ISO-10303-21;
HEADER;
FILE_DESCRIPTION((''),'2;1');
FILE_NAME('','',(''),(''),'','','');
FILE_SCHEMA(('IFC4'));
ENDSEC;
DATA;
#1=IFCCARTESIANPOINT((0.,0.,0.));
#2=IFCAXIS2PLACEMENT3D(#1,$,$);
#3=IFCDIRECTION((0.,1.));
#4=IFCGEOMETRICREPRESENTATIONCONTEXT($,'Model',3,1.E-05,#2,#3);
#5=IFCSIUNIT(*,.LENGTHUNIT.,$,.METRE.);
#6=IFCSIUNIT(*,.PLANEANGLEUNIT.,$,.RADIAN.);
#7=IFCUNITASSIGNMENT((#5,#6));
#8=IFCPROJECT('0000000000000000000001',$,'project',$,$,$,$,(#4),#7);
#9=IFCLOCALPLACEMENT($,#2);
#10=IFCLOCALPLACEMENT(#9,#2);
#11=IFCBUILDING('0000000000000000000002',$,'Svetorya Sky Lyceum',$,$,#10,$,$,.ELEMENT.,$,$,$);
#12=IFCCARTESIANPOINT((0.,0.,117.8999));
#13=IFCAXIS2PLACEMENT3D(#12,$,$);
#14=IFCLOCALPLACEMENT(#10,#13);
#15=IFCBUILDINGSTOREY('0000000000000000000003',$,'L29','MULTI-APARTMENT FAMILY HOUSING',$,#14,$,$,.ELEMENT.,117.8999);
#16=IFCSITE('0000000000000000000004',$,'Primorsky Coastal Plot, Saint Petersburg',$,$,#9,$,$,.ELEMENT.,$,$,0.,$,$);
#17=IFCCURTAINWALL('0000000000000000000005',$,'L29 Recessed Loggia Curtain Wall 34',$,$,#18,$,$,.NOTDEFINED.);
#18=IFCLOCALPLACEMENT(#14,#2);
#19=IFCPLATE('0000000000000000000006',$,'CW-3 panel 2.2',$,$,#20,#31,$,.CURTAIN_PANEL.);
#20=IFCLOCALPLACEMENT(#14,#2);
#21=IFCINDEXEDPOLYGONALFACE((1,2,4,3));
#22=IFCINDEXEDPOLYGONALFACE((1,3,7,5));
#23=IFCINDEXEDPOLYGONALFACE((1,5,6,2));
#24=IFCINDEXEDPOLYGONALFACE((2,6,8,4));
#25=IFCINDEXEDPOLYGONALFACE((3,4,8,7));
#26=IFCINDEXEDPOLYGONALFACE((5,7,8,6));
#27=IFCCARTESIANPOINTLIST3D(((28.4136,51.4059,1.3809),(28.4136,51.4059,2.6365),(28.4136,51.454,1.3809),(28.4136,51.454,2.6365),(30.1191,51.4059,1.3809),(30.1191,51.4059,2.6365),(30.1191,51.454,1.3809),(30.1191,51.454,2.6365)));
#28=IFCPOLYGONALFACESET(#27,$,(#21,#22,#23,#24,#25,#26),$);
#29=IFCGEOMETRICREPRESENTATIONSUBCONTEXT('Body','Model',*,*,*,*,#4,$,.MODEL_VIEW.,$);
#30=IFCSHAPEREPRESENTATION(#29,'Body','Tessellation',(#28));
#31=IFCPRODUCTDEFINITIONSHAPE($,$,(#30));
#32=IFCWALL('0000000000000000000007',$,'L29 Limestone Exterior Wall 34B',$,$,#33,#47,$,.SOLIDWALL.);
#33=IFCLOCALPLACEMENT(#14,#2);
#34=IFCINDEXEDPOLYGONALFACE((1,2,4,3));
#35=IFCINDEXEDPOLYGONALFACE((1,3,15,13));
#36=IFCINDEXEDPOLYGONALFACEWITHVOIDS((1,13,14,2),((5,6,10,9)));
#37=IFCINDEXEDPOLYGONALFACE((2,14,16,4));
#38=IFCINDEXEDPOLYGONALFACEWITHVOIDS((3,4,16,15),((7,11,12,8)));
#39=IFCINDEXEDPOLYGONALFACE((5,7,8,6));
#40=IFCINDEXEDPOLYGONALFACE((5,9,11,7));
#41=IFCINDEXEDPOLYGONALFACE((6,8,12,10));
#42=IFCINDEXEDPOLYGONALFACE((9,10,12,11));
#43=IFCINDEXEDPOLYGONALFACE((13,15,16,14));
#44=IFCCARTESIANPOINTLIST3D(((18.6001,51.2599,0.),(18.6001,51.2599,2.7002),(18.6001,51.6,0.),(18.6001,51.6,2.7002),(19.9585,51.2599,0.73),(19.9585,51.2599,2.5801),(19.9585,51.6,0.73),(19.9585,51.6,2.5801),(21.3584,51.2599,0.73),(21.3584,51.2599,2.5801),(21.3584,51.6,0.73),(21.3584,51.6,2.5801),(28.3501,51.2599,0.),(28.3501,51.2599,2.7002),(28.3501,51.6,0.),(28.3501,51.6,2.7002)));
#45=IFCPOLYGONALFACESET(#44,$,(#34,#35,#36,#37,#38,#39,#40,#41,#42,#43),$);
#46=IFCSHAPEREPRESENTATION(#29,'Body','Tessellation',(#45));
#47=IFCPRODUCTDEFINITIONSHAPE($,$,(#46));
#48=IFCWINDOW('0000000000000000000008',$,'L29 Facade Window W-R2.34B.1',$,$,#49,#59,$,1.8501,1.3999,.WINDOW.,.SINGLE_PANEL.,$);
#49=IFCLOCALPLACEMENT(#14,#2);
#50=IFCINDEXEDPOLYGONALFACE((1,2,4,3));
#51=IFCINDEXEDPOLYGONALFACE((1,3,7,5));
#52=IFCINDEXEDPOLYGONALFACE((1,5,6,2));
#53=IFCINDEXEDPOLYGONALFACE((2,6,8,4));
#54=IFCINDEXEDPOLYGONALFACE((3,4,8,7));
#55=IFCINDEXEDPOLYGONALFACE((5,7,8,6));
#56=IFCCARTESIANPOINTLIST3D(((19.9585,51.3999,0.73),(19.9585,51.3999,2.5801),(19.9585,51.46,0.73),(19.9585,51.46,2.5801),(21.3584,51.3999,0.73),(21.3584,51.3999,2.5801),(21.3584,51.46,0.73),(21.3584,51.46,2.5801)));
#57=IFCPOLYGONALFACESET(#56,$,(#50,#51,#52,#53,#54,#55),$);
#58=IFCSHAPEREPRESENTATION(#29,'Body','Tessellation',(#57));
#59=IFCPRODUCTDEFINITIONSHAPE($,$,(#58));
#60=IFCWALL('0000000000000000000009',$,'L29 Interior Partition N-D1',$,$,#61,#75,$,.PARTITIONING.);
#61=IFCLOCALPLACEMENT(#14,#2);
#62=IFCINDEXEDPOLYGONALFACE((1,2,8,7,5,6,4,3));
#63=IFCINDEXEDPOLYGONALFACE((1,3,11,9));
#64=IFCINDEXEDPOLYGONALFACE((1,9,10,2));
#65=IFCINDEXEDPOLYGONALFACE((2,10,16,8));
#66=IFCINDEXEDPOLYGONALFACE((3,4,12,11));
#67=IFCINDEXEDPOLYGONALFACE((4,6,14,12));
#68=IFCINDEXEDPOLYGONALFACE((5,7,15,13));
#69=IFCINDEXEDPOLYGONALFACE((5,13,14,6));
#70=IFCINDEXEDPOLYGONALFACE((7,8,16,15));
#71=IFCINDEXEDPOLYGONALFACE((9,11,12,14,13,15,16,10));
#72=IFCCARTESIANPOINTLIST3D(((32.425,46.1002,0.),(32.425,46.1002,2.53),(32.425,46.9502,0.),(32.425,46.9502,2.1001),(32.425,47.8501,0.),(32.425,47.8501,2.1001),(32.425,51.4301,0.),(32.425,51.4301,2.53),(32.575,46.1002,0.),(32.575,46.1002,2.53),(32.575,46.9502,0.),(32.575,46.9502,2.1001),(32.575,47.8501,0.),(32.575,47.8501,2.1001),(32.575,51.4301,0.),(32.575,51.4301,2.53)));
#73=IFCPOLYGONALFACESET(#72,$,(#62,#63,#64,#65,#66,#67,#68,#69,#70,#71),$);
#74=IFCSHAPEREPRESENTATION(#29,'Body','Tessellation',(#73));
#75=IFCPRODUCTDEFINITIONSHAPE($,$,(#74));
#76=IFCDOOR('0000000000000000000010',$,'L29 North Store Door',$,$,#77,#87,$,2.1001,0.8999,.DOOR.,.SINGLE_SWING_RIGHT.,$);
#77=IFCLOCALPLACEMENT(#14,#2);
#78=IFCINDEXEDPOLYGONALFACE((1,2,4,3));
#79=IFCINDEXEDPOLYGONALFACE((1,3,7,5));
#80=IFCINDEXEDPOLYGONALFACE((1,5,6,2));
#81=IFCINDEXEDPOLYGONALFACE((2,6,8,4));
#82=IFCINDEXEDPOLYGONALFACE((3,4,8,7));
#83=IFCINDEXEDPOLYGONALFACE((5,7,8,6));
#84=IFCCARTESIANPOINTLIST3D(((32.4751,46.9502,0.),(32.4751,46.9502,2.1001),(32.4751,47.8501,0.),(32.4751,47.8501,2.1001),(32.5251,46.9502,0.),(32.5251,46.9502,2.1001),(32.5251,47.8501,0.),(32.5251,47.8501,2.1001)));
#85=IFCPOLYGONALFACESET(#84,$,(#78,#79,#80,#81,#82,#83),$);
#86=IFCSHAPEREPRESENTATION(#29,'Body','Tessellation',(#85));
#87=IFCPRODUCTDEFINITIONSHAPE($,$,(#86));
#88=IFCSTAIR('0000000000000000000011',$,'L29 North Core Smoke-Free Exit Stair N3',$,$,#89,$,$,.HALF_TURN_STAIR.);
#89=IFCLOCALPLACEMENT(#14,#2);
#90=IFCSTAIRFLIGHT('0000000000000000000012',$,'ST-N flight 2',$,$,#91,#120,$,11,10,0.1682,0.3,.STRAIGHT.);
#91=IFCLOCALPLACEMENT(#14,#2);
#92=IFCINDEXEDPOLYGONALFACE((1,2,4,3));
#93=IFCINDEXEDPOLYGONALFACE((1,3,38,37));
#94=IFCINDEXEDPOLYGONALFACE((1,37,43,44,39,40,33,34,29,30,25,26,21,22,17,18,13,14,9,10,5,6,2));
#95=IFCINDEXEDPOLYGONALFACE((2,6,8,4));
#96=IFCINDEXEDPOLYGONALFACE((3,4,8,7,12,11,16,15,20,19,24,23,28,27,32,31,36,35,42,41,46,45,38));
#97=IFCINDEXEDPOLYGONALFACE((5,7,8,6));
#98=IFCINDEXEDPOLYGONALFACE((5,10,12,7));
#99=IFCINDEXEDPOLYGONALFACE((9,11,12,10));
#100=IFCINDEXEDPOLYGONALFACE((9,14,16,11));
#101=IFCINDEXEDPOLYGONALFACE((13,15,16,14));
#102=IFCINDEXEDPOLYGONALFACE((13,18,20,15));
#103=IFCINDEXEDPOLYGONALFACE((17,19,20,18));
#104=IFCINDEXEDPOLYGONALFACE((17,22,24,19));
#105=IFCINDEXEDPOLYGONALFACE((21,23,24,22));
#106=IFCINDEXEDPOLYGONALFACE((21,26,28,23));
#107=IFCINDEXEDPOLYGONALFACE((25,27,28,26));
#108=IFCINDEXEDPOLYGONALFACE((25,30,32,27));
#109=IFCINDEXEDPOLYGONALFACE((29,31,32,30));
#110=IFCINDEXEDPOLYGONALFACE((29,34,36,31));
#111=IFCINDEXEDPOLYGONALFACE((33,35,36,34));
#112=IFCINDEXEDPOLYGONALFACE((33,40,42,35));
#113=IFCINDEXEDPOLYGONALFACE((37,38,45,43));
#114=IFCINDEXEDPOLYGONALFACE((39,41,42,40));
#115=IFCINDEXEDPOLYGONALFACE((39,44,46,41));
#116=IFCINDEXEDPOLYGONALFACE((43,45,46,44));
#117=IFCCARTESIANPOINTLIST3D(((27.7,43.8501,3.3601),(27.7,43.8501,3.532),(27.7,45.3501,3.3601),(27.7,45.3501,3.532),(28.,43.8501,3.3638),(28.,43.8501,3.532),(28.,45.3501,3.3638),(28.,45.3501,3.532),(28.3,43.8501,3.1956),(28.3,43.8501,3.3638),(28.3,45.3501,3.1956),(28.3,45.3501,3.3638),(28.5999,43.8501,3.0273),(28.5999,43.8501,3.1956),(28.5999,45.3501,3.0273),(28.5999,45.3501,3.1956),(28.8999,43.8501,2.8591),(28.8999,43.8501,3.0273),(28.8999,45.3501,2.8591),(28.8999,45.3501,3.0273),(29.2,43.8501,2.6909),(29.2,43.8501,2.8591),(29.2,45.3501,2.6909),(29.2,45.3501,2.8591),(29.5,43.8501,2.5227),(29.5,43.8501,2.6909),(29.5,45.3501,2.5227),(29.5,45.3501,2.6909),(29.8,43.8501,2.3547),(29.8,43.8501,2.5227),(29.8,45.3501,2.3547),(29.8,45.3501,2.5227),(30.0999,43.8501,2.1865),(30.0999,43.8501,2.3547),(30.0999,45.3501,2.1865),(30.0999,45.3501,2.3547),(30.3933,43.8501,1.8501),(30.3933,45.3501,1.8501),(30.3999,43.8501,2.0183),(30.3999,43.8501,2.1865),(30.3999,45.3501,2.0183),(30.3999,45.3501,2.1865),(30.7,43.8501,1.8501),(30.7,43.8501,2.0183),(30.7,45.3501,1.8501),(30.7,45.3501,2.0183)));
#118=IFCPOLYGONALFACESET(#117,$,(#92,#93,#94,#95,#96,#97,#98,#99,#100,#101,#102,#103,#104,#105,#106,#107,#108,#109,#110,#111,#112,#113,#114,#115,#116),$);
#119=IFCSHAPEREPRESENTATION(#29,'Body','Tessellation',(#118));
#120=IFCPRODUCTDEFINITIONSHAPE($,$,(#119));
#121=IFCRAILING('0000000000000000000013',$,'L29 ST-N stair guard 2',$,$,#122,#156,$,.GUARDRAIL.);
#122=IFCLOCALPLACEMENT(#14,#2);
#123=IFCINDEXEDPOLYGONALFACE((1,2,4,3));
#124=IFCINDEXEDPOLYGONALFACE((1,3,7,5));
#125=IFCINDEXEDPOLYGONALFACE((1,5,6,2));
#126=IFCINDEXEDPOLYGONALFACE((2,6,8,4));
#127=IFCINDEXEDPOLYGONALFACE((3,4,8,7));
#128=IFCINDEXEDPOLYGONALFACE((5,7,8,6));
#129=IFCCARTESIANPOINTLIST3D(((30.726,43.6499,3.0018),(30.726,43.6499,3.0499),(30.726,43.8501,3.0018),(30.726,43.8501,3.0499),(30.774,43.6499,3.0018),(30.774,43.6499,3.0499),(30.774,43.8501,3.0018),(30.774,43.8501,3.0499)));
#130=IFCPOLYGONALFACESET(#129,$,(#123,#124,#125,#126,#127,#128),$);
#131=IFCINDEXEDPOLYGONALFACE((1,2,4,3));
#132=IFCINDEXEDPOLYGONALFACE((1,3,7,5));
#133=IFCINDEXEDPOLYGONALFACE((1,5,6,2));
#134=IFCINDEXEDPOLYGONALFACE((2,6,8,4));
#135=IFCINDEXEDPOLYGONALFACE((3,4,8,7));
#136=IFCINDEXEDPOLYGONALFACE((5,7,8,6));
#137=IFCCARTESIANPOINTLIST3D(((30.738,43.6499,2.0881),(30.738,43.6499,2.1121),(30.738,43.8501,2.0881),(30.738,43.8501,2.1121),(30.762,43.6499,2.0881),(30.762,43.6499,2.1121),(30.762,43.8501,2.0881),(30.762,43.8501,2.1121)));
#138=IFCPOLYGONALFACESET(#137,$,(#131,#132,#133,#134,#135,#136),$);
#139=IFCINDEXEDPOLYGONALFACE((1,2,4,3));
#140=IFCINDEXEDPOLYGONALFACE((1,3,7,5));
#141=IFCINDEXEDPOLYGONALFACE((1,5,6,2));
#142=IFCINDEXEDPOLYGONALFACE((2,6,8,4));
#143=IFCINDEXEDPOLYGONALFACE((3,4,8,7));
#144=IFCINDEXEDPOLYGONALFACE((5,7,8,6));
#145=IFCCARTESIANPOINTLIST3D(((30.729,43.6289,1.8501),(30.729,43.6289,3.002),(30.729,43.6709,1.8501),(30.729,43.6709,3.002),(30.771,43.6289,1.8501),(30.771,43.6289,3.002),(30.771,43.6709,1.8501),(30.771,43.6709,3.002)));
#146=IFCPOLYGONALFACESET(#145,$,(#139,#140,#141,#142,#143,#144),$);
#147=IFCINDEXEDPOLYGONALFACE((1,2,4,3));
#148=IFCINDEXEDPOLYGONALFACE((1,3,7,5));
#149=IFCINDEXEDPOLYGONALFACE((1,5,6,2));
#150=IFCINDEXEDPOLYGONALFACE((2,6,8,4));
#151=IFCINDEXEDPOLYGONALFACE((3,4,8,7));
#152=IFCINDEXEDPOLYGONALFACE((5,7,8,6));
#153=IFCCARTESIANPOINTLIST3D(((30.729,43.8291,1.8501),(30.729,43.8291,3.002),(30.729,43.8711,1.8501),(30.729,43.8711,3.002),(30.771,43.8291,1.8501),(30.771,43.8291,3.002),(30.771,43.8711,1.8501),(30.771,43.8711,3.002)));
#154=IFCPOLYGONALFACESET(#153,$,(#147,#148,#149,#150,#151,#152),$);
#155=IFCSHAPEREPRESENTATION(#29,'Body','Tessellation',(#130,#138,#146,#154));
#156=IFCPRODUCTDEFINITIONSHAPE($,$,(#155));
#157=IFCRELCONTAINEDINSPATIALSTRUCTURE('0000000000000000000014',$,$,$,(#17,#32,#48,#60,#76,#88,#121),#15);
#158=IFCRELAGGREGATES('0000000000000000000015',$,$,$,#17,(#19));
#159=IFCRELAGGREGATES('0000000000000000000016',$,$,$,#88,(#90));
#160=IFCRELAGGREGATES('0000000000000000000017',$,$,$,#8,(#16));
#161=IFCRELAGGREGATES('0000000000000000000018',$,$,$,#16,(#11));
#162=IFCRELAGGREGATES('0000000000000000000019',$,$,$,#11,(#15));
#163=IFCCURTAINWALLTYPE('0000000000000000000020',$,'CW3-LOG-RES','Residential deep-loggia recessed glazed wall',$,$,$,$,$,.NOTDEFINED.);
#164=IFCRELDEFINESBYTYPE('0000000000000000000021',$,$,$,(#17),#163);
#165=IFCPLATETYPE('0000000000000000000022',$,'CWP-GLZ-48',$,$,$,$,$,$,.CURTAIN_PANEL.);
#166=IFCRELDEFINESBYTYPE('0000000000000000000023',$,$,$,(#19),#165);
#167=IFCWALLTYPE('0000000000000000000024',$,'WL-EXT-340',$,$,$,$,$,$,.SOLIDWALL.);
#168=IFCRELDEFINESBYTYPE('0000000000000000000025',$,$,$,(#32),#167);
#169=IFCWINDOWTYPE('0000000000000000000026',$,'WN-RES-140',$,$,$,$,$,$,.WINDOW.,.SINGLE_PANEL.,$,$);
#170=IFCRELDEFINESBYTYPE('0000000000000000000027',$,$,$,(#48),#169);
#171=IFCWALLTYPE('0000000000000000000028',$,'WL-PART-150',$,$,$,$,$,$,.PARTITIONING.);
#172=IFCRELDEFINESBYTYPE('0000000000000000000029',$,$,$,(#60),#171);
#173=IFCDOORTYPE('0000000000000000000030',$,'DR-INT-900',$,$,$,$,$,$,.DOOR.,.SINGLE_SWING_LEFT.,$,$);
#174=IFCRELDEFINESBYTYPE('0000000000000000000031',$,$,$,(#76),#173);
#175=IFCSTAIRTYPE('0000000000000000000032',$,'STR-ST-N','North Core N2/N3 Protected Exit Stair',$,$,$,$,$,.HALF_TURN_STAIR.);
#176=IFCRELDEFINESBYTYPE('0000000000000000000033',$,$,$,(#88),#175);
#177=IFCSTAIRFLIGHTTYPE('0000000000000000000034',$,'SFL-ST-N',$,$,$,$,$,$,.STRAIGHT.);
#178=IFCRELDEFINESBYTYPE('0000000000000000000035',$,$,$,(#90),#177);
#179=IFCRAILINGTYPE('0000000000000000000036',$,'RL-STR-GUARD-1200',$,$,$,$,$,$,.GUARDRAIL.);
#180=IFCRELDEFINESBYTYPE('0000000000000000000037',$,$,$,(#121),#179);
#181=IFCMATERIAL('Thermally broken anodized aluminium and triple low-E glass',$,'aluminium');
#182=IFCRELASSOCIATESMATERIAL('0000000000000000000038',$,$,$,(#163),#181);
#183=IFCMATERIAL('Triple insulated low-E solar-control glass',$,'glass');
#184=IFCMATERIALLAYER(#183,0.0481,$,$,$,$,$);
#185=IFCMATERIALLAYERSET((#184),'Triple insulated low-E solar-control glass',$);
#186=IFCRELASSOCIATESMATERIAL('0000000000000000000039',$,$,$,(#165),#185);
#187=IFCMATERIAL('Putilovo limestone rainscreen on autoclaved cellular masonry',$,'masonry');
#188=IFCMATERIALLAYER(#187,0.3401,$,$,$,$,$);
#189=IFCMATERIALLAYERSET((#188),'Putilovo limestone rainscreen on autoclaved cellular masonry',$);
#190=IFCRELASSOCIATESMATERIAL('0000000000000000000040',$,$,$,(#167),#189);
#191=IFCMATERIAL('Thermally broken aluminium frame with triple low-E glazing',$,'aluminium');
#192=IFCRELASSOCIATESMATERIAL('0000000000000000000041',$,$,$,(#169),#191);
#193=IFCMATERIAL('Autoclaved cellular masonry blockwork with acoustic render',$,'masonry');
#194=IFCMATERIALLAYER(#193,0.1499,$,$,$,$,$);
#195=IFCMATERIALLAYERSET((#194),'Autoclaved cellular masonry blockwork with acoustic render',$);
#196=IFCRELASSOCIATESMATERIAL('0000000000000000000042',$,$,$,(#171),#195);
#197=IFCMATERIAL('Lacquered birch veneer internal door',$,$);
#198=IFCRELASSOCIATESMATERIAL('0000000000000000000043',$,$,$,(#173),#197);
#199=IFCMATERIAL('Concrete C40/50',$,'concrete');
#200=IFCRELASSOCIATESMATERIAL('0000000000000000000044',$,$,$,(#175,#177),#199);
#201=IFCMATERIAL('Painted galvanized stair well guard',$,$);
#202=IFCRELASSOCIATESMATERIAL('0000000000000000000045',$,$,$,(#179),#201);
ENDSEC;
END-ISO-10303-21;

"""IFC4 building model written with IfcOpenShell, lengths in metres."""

from ifc_helpers import new_model, si_unit, direction, frame, frame_2d, origin, origin_2d, place, context, subcontext, project, spatial, polyline, rectangle, outline, extrude, material, layer, layer_set, type_object, element, fill, aggregate, save


model = new_model("IFC4")

# Units and contexts
model_context = context("Model", 3, precision=1e-05, world=origin(), true_north=direction((0.0, 1.0)))
body_context = subcontext(model_context, "Body", "Model", "MODEL_VIEW")
ifc_project = project(units=[si_unit("LENGTHUNIT", "METRE"), si_unit("PLANEANGLEUNIT", "RADIAN")], contexts=[model_context])

# Site, building, storey
site_placement = place(None, origin())
site = spatial("IfcSite", under=ifc_project, at=site_placement, Name="Primorsky Coastal Plot, Saint Petersburg", CompositionType="ELEMENT", RefElevation=0.0)
building_placement = place(site_placement, origin())
building = spatial("IfcBuilding", under=site, at=building_placement, Name="Svetorya Sky Lyceum", CompositionType="ELEMENT")
storey_placement = place(building_placement, frame((0.0, 0.0, 117.8999)))
storey = spatial("IfcBuildingStorey", under=building, at=storey_placement, Name="L29", Description="MULTI-APARTMENT FAMILY HOUSING", CompositionType="ELEMENT", Elevation=117.8999)

# Curtain wall, plate
ifc_material_1 = material(Name="Thermally broken anodized aluminium and triple low-E glass", Category="aluminium")
curtain_wall_type = type_object("IfcCurtainWallType", Name="CW3-LOG-RES", Description="Residential deep-loggia recessed glazed wall", PredefinedType="NOTDEFINED", material=ifc_material_1)
curtain_wall_placement = place(storey_placement, origin())
curtain_wall = element("IfcCurtainWall", 1, at=curtain_wall_placement, inside=storey, type_object=curtain_wall_type, Name="L29 Recessed Loggia Curtain Wall 34", PredefinedType="NOTDEFINED")
ifc_material_2 = material(Name="Triple insulated low-E solar-control glass", Category="glass")
ifc_layer_1 = layer(ifc_material_2, 0.0481)
ifc_layer_set_1 = layer_set([ifc_layer_1], Name="Triple insulated low-E solar-control glass")
plate_type = type_object("IfcPlateType", Name="CWP-GLZ-48", PredefinedType="CURTAIN_PANEL", material=ifc_layer_set_1)
plate_1_placement = place(storey_placement, frame((29.2664, 51.4299, 1.3809), z_axis=(0.0, 0.0, 1.0), x_axis=(-1.0, 0.0, 0.0)))
plate_1 = element("IfcPlate", 2, at=plate_1_placement, type_object=plate_type, Name="CW-3 panel 2.2", PredefinedType="CURTAIN_PANEL", context=body_context, shape_type="SweptSolid", body=[
    extrude(rectangle(XDim=1.7056, YDim=0.0481, at=origin_2d()), origin(), (0.0, 0.0, 1.0), 1.2556),
])
aggregate(curtain_wall, [plate_1])

# Wall, opening, window
ifc_material_3 = material(Name="Putilovo limestone rainscreen on autoclaved cellular masonry", Category="masonry")
ifc_layer_2 = layer(ifc_material_3, 0.3401)
ifc_layer_set_2 = layer_set([ifc_layer_2], Name="Putilovo limestone rainscreen on autoclaved cellular masonry")
wall_type_1 = type_object("IfcWallType", Name="WL-EXT-340", PredefinedType="SOLIDWALL", material=ifc_layer_set_2)
wall_1_placement = place(storey_placement, frame((28.3501, 51.4299, 0.0), z_axis=(0.0, 0.0, 1.0), x_axis=(-1.0, 0.0, 0.0)))
wall_1 = element("IfcWall", 3, at=wall_1_placement, inside=storey, type_object=wall_type_1, Name="L29 Limestone Exterior Wall 34B", PredefinedType="SOLIDWALL", context=body_context, shape_type="SweptSolid", body=[
    extrude(rectangle(XDim=9.75, YDim=0.3401, at=frame_2d((4.875, 0.0))), origin(), (0.0, 0.0, 1.0), 2.7002),
])
opening_1_placement = place(wall_1_placement, frame((6.9917, 0.0, 0.73)))
opening_1 = element("IfcOpeningElement", 4, at=opening_1_placement, cuts=wall_1, PredefinedType="OPENING", context=body_context, shape_type="SweptSolid", body=[
    extrude(rectangle(XDim=1.3999, YDim=1.8501, at=frame_2d((0.7, 0.925))), frame((0.0, 0.1799, 0.0), z_axis=(0.0, -1.0, 0.0), x_axis=(1.0, 0.0, 0.0)), (0.0, 0.0, 1.0), 0.3601),
])
ifc_material_4 = material(Name="Thermally broken aluminium frame with triple low-E glazing", Category="aluminium")
window_type = type_object("IfcWindowType", Name="WN-RES-140", PartitioningType="SINGLE_PANEL", PredefinedType="WINDOW", material=ifc_material_4)
window_placement = place(opening_1_placement, origin())
window = element("IfcWindow", 5, at=window_placement, inside=storey, type_object=window_type, Name="L29 Facade Window W-R2.34B.1", OverallHeight=1.8501, OverallWidth=1.3999, PartitioningType="SINGLE_PANEL", PredefinedType="WINDOW", context=body_context, shape_type="SweptSolid", body=[
    extrude(rectangle(XDim=1.3999, YDim=1.8501, at=frame_2d((0.7, 0.925))), frame((0.0, 0.03, 0.0), z_axis=(0.0, -1.0, 0.0), x_axis=(1.0, 0.0, 0.0)), (0.0, 0.0, 1.0), 0.0601),
])
fill(opening_1, window)

# Wall, opening, door
ifc_material_5 = material(Name="Autoclaved cellular masonry blockwork with acoustic render", Category="masonry")
ifc_layer_3 = layer(ifc_material_5, 0.1499)
ifc_layer_set_3 = layer_set([ifc_layer_3], Name="Autoclaved cellular masonry blockwork with acoustic render")
wall_type_2 = type_object("IfcWallType", Name="WL-PART-150", PredefinedType="PARTITIONING", material=ifc_layer_set_3)
wall_2_placement = place(storey_placement, frame((32.5, 46.1001, 0.0), z_axis=(0.0, 0.0, 1.0), x_axis=(0.0, 1.0, 0.0)))
wall_2 = element("IfcWall", 6, at=wall_2_placement, inside=storey, type_object=wall_type_2, Name="L29 Interior Partition N-D1", PredefinedType="PARTITIONING", context=body_context, shape_type="SweptSolid", body=[
    extrude(rectangle(XDim=5.3298, YDim=0.1499, at=frame_2d((2.665, 0.0))), origin(), (0.0, 0.0, 1.0), 2.53),
])
opening_2_placement = place(wall_2_placement, frame((0.8501, 0.0, 0.0)))
opening_2 = element("IfcOpeningElement", 7, at=opening_2_placement, cuts=wall_2, PredefinedType="OPENING", context=body_context, shape_type="SweptSolid", body=[
    extrude(rectangle(XDim=0.8999, YDim=2.1001, at=frame_2d((0.45, 1.05))), frame((0.0, 0.085, 0.0), z_axis=(0.0, -1.0, 0.0), x_axis=(1.0, 0.0, 0.0)), (0.0, 0.0, 1.0), 0.1699),
])
ifc_material_6 = material(Name="Lacquered birch veneer internal door")
door_type = type_object("IfcDoorType", Name="DR-INT-900", OperationType="SINGLE_SWING_LEFT", PredefinedType="DOOR", material=ifc_material_6)
door_placement = place(opening_2_placement, origin())
door = element("IfcDoor", 8, at=door_placement, inside=storey, type_object=door_type, Name="L29 North Store Door", OperationType="SINGLE_SWING_RIGHT", OverallHeight=2.1001, OverallWidth=0.8999, PredefinedType="DOOR", context=body_context, shape_type="SweptSolid", body=[
    extrude(rectangle(XDim=0.8999, YDim=2.1001, at=frame_2d((0.45, 1.05))), frame((0.0, 0.0249, 0.0), z_axis=(0.0, -1.0, 0.0), x_axis=(1.0, 0.0, 0.0)), (0.0, 0.0, 1.0), 0.05),
])
fill(opening_2, door)

# Stair, stair flight
ifc_material_7 = material(Name="Concrete C40/50", Category="concrete")
stair_type = type_object("IfcStairType", Name="STR-ST-N", Description="North Core N2/N3 Protected Exit Stair", PredefinedType="HALF_TURN_STAIR", material=ifc_material_7)
stair_placement = place(storey_placement, origin())
stair = element("IfcStair", 9, at=stair_placement, inside=storey, type_object=stair_type, Name="L29 North Core Smoke-Free Exit Stair N3", PredefinedType="HALF_TURN_STAIR")
stair_flight_type = type_object("IfcStairFlightType", Name="SFL-ST-N", PredefinedType="STRAIGHT", material=ifc_material_7)
stair_flight_placement = place(storey_placement, frame((30.7, 44.6001, 1.8501), z_axis=(0.0, 0.0, 1.0), x_axis=(-1.0, 0.0, 0.0)))
stair_flight = element("IfcStairFlight", 10, at=stair_flight_placement, type_object=stair_flight_type, Name="ST-N flight 2", NumberOfRisers=11, NumberOfTreads=10, PredefinedType="STRAIGHT", RiserHeight=0.1682, TreadLength=0.3, context=body_context, shape_type="SweptSolid", body=[
    extrude(outline(polyline([(0.0, 0.0), (0.0, 0.1682), (0.3, 0.1682), (0.3, 0.3364), (0.6001, 0.3364), (0.6001, 0.5046), (0.8999, 0.5046), (0.8999, 0.6726), (1.2, 0.6726), (1.2, 0.8408), (1.5, 0.8408), (1.5, 1.009), (1.8, 1.009), (1.8, 1.1772), (2.1001, 1.1772), (2.1001, 1.3455), (2.3999, 1.3455), (2.3999, 1.5137), (2.7, 1.5137), (2.7, 1.6819), (3.0, 1.6819), (3.0, 1.8501), (3.0, 1.51), (0.3066, 0.0), (0.0, 0.0)])), frame((0.0, 0.75, 0.0), z_axis=(0.0, -1.0, 0.0), x_axis=(1.0, 0.0, 0.0)), (0.0, 0.0, 1.0), 1.5),
])
aggregate(stair, [stair_flight])

# Railing
ifc_material_8 = material(Name="Painted galvanized stair well guard")
railing_type_1 = type_object("IfcRailingType", Name="RL-STR-GUARD-1200", PredefinedType="GUARDRAIL", material=ifc_material_8)
railing_1_placement = place(storey_placement, frame((30.75, 43.6499, 1.8501)))
element("IfcRailing", 11, at=railing_1_placement, inside=storey, type_object=railing_type_1, Name="L29 ST-N stair guard 2", PredefinedType="GUARDRAIL", context=body_context, shape_type="SweptSolid", body=[
    extrude(rectangle(XDim=0.0481, YDim=0.0481, at=origin_2d()), frame((0.0, 0.0, 1.1758), z_axis=(0.0, 1.0, 0.0), x_axis=(-1.0, 0.0, 0.0)), (0.0, 0.0, 1.0), 0.2002),
    extrude(rectangle(XDim=0.0239, YDim=0.0239, at=origin_2d()), frame((0.0, 0.0, 0.25), z_axis=(0.0, 1.0, 0.0), x_axis=(-1.0, 0.0, 0.0)), (0.0, 0.0, 1.0), 0.2002),
    extrude(rectangle(XDim=0.042, YDim=0.042, at=origin_2d()), origin(), (0.0, 0.0, 1.0), 1.1519),
    extrude(rectangle(XDim=0.042, YDim=0.042, at=origin_2d()), frame((0.0, 0.2002, 0.0)), (0.0, 0.0, 1.0), 1.1519),
])

save(model, "model.ifc")
